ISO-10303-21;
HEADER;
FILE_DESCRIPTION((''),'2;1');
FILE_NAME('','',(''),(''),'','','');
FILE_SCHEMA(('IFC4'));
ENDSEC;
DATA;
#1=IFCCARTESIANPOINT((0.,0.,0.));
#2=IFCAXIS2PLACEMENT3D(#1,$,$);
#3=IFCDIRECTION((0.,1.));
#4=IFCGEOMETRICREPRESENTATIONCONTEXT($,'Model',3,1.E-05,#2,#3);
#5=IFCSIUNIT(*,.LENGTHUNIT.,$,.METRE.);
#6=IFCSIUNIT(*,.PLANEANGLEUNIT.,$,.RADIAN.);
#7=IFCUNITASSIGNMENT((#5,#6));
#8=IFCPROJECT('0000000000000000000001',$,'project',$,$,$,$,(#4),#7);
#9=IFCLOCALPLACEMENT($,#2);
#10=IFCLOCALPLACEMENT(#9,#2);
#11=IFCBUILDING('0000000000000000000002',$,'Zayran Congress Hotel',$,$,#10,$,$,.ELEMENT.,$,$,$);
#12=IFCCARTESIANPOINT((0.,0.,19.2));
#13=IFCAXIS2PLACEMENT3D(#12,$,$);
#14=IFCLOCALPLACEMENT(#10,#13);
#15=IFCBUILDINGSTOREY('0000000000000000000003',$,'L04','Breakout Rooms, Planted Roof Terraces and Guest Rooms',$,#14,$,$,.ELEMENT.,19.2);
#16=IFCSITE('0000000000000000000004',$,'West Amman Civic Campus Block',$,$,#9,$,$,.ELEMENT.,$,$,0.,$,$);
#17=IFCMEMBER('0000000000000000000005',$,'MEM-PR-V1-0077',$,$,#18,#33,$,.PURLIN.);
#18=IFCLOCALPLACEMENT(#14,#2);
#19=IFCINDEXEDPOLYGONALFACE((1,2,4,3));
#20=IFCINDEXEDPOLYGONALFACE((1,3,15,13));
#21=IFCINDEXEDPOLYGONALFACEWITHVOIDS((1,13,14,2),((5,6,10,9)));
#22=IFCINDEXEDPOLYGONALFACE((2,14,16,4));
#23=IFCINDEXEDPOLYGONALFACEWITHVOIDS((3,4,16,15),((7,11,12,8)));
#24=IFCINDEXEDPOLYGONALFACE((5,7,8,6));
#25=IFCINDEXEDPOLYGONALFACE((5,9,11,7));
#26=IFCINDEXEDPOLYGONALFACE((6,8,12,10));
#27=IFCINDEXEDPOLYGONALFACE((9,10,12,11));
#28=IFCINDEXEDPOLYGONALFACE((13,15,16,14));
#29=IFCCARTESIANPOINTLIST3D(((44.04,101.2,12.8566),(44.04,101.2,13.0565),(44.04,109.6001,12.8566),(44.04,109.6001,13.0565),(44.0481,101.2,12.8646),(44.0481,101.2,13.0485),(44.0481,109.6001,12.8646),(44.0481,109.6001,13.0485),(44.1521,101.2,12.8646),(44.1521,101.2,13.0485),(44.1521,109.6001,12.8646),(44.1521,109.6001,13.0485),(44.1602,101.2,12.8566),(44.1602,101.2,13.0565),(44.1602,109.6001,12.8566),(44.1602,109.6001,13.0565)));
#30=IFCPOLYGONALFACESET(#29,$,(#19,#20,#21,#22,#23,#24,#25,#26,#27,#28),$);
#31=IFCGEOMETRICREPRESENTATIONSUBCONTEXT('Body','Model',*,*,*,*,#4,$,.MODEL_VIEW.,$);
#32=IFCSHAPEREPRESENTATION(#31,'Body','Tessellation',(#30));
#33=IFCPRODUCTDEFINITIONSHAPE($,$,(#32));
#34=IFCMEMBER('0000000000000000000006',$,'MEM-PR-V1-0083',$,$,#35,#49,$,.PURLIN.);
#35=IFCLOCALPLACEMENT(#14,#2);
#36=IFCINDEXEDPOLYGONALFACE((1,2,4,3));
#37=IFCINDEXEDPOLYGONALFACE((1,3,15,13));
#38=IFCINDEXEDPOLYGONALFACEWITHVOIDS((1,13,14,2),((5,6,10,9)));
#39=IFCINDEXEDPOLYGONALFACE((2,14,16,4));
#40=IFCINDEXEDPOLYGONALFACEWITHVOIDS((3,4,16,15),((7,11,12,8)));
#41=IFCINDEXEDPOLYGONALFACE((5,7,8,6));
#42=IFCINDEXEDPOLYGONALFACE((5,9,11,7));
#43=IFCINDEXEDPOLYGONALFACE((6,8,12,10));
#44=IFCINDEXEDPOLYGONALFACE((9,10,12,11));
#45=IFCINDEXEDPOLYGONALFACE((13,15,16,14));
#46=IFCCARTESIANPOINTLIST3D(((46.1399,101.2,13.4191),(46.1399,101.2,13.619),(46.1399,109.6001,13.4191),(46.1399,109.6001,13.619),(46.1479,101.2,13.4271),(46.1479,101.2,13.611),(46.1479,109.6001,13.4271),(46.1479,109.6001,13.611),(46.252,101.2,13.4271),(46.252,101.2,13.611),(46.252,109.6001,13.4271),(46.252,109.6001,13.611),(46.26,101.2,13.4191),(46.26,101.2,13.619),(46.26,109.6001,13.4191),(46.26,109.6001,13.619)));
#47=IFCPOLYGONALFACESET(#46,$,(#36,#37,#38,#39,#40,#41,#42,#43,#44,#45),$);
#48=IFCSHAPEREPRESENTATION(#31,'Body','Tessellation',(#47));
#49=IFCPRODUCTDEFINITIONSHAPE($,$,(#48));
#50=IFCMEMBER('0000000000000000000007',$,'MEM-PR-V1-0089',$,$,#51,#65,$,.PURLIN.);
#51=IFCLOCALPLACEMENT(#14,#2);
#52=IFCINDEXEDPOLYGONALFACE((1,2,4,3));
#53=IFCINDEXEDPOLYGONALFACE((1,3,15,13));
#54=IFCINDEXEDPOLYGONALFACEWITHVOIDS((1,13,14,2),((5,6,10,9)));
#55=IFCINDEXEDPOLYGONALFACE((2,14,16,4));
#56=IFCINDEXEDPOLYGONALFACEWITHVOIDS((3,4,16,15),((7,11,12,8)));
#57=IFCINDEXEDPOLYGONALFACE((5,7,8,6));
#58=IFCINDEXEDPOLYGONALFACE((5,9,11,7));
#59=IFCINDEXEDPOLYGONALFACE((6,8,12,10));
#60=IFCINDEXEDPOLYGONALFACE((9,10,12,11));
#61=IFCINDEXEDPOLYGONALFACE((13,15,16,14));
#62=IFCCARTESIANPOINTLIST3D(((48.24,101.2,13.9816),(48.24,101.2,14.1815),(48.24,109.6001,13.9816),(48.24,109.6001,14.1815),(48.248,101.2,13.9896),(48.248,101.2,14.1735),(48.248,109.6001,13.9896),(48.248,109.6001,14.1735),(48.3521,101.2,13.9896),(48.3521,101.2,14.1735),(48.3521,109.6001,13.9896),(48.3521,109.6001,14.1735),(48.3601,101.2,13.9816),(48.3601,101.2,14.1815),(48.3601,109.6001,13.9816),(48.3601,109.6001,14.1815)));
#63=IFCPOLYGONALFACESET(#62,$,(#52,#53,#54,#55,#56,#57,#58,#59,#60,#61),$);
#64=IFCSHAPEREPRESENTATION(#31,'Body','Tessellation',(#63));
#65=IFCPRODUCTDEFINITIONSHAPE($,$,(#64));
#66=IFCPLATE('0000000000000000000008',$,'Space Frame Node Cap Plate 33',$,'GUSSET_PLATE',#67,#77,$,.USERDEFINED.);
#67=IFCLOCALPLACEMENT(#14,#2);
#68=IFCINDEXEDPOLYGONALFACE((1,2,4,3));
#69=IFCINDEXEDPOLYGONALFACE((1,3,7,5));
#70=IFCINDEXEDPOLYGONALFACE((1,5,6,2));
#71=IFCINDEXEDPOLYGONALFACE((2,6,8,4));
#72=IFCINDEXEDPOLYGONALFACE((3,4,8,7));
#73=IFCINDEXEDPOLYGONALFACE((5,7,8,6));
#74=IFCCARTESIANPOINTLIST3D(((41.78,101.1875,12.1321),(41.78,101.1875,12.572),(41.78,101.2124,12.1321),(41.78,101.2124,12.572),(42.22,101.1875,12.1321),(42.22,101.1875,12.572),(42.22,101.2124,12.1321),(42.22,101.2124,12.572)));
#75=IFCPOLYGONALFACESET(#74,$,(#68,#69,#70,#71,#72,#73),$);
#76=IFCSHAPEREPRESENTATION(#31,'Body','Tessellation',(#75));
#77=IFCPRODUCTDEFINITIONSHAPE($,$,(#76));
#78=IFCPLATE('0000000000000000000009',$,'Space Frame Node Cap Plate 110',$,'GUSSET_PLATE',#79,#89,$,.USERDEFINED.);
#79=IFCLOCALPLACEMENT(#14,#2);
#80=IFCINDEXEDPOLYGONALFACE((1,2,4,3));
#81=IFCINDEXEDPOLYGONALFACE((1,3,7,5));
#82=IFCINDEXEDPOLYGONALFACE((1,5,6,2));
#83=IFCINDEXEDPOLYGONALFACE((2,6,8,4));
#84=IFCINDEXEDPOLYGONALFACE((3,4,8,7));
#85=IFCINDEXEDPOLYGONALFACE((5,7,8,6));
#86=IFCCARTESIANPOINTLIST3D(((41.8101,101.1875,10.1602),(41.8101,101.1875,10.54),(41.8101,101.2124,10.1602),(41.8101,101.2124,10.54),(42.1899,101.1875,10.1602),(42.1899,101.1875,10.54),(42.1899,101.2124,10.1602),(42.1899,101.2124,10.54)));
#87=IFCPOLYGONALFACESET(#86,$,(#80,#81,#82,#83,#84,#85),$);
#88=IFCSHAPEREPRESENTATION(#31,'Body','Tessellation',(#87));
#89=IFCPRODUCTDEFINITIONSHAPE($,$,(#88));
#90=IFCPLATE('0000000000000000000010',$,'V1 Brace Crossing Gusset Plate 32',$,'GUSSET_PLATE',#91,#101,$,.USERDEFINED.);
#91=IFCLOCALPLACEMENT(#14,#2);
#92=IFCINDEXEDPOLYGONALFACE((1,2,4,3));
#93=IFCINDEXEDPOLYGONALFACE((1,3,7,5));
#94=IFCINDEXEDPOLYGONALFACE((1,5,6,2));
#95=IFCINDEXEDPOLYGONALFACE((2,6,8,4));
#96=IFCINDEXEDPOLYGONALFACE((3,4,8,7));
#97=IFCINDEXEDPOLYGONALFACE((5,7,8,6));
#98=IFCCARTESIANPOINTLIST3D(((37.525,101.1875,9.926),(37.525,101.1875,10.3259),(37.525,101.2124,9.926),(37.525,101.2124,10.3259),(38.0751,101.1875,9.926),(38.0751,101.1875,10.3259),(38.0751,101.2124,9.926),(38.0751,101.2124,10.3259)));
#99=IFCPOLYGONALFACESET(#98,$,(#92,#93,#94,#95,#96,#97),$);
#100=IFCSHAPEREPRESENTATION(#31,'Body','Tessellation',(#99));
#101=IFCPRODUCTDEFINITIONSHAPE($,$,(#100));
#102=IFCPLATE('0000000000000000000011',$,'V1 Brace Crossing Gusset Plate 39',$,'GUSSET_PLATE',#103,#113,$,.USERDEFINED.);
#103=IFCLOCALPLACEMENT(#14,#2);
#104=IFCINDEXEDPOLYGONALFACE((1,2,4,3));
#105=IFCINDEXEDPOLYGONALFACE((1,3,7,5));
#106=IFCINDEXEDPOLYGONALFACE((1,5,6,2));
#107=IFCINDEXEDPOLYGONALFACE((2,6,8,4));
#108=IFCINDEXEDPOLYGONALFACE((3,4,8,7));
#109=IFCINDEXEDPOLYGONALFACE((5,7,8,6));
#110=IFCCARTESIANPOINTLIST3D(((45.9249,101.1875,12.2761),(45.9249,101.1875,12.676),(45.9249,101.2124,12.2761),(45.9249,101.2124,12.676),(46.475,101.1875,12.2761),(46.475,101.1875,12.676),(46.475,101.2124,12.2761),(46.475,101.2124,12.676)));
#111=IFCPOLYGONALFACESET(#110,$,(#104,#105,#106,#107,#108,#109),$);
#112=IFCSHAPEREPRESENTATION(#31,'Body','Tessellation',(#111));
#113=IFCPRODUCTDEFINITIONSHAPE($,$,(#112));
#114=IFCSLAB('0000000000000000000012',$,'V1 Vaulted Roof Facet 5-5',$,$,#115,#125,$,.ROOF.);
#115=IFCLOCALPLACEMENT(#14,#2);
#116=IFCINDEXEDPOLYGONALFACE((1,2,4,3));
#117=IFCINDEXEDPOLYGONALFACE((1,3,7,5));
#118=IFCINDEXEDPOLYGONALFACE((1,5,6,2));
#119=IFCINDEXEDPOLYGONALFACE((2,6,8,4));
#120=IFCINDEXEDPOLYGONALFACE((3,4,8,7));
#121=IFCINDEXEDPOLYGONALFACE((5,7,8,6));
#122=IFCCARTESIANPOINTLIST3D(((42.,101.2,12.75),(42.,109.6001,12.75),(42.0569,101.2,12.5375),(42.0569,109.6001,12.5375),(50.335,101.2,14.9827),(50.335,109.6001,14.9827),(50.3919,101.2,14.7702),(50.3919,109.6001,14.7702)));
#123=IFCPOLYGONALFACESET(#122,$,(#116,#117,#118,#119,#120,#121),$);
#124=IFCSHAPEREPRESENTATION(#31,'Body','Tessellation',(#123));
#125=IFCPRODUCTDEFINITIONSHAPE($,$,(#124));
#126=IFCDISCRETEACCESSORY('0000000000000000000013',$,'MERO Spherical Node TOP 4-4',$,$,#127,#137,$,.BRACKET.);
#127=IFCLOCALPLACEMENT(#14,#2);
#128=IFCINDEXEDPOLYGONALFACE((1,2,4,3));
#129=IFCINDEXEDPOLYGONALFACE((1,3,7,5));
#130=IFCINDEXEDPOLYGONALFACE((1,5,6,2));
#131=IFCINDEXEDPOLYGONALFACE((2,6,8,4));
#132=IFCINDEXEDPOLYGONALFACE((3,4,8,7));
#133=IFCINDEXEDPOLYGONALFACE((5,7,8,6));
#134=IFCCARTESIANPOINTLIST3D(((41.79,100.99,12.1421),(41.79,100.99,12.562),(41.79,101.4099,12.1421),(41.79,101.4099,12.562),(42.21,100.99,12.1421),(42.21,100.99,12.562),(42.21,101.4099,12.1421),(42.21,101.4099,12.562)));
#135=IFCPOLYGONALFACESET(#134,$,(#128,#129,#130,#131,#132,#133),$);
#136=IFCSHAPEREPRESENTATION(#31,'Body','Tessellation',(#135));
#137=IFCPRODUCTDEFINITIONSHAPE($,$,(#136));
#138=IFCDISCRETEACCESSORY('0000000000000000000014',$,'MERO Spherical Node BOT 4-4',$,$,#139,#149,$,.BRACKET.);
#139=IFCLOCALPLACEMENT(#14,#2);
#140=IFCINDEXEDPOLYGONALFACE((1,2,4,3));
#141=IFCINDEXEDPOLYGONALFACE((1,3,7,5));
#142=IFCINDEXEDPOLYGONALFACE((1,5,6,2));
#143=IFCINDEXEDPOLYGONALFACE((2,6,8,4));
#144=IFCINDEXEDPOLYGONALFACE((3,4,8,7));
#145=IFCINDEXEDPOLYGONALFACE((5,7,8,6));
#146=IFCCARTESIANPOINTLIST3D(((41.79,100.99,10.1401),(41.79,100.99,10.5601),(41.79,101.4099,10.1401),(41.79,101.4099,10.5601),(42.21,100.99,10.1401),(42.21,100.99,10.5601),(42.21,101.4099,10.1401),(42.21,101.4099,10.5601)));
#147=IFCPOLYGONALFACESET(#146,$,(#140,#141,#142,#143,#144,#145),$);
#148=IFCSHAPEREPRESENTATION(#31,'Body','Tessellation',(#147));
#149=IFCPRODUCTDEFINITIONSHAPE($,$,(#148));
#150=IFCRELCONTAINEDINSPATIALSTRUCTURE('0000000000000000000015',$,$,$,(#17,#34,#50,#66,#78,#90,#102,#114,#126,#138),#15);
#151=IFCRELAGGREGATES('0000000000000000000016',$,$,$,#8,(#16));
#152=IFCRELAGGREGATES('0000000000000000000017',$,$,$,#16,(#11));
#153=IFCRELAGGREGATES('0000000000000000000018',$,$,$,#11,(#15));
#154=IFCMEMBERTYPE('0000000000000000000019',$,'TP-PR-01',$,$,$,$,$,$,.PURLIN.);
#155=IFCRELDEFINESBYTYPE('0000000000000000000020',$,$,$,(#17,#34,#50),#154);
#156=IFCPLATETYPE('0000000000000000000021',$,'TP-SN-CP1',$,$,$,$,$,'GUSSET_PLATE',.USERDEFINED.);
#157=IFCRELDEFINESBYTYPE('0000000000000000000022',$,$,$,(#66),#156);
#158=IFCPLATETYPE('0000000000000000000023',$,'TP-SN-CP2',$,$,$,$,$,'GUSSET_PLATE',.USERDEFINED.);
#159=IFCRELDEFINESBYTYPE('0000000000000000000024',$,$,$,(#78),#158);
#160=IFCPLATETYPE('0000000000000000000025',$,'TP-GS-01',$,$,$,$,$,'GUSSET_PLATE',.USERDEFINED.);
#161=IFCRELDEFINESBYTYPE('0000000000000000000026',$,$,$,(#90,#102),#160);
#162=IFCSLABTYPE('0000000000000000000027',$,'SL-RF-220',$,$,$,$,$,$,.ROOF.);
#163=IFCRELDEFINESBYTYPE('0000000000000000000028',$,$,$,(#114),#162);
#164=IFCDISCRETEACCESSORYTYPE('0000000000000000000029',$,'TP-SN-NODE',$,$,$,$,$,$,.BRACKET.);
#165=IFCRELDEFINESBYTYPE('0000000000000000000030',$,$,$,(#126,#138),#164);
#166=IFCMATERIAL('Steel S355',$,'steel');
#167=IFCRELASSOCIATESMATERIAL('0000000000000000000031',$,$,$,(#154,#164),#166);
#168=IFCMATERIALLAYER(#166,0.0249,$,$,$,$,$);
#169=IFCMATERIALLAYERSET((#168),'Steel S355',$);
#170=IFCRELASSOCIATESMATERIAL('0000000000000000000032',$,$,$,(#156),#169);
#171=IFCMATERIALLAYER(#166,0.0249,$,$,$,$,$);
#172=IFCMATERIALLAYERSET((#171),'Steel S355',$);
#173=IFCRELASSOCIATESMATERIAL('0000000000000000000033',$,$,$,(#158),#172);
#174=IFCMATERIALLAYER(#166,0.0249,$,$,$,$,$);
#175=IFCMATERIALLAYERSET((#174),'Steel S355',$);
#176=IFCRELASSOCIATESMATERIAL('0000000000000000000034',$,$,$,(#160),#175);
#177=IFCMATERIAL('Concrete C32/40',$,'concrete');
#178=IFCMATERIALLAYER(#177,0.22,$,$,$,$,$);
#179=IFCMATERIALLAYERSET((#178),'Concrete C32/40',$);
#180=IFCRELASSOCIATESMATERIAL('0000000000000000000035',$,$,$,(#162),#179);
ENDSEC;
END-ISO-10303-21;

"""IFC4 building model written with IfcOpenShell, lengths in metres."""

from ifc_helpers import new_model, si_unit, direction, frame, origin, origin_2d, place, context, subcontext, project, spatial, polyline, rectangle, hollow_rectangle, outline, extrude, material, layer, layer_set, material_profile, profile_set, type_object, element, save


model = new_model("IFC4")

# Units and contexts
model_context = context("Model", 3, precision=1e-05, world=origin(), true_north=direction((0.0, 1.0)))
body_context = subcontext(model_context, "Body", "Model", "MODEL_VIEW")
ifc_project = project(units=[si_unit("LENGTHUNIT", "METRE"), si_unit("PLANEANGLEUNIT", "RADIAN")], contexts=[model_context])

# Site, building, storey
site_placement = place(None, origin())
site = spatial("IfcSite", under=ifc_project, at=site_placement, Name="West Amman Civic Campus Block", CompositionType="ELEMENT", RefElevation=0.0)
building_placement = place(site_placement, origin())
building = spatial("IfcBuilding", under=site, at=building_placement, Name="Zayran Congress Hotel", CompositionType="ELEMENT")
storey_placement = place(building_placement, frame((0.0, 0.0, 19.2)))
storey = spatial("IfcBuildingStorey", under=building, at=storey_placement, Name="L04", Description="Breakout Rooms, Planted Roof Terraces and Guest Rooms", CompositionType="ELEMENT", Elevation=19.2)

# Members
ifc_material_1 = material(Name="Steel S355", Category="steel")
ifc_material_profile_1 = material_profile(ifc_material_1, hollow_rectangle(XDim=0.1201, YDim=0.2, WallThickness=0.0081, at=origin_2d()), Name="RHS 200x120x8")
ifc_profile_set_1 = profile_set([ifc_material_profile_1], Name="Steel S355")
member_type_1 = type_object("IfcMemberType", Name="TP-PR-01", PredefinedType="PURLIN", material=ifc_profile_set_1)
for number, where, z_axis, x_axis, name in (
    (1, (44.1001, 101.2, 12.9565), (0.0, 1.0, 0.0), (-1.0, 0.0, 0.0), "MEM-PR-V1-0077"),
    (2, (46.2, 101.2, 13.519), (0.0, 1.0, 0.0), (-1.0, 0.0, 0.0), "MEM-PR-V1-0083"),
    (3, (48.3, 101.2, 14.0815), (0.0, 1.0, 0.0), (-1.0, 0.0, 0.0), "MEM-PR-V1-0089"),
):
    element("IfcMember", number, at=place(storey_placement, frame(where, z_axis=z_axis, x_axis=x_axis)), inside=storey, type_object=member_type_1, Name=name, PredefinedType="PURLIN", context=body_context, shape_type="SweptSolid", body=[
        extrude(hollow_rectangle(XDim=0.1201, YDim=0.2, WallThickness=0.0081, at=origin_2d()), origin(), (0.0, 0.0, 1.0), 8.4001),
    ])

# Plates
ifc_layer_1 = layer(ifc_material_1, 0.0249)
ifc_layer_set_1 = layer_set([ifc_layer_1], Name="Steel S355")
plate_type_1 = type_object("IfcPlateType", Name="TP-SN-CP1", ElementType="GUSSET_PLATE", PredefinedType="USERDEFINED", material=ifc_layer_set_1)
plate_1_placement = place(storey_placement, frame((42.0, 101.2, 12.1321), z_axis=(0.0, 0.0, 1.0), x_axis=(1.0, 0.0, 0.0)))
element("IfcPlate", 4, at=plate_1_placement, inside=storey, type_object=plate_type_1, Name="Space Frame Node Cap Plate 33", ObjectType="GUSSET_PLATE", PredefinedType="USERDEFINED", context=body_context, shape_type="SweptSolid", body=[
    extrude(rectangle(XDim=0.4399, YDim=0.0249, at=origin_2d()), origin(), (0.0, 0.0, 1.0), 0.4399),
])
ifc_layer_2 = layer(ifc_material_1, 0.0249)
ifc_layer_set_2 = layer_set([ifc_layer_2], Name="Steel S355")
plate_type_2 = type_object("IfcPlateType", Name="TP-SN-CP2", ElementType="GUSSET_PLATE", PredefinedType="USERDEFINED", material=ifc_layer_set_2)
plate_2_placement = place(storey_placement, frame((42.0, 101.2, 10.1602), z_axis=(0.0, 0.0, 1.0), x_axis=(1.0, 0.0, 0.0)))
element("IfcPlate", 5, at=plate_2_placement, inside=storey, type_object=plate_type_2, Name="Space Frame Node Cap Plate 110", ObjectType="GUSSET_PLATE", PredefinedType="USERDEFINED", context=body_context, shape_type="SweptSolid", body=[
    extrude(rectangle(XDim=0.3799, YDim=0.0249, at=origin_2d()), origin(), (0.0, 0.0, 1.0), 0.3799),
])
ifc_layer_3 = layer(ifc_material_1, 0.0249)
ifc_layer_set_3 = layer_set([ifc_layer_3], Name="Steel S355")
plate_type_3 = type_object("IfcPlateType", Name="TP-GS-01", ElementType="GUSSET_PLATE", PredefinedType="USERDEFINED", material=ifc_layer_set_3)
for number, where, z_axis, x_axis, name in (
    (6, (37.8, 101.2, 9.926), (0.0, 0.0, 1.0), (1.0, 0.0, 0.0), "V1 Brace Crossing Gusset Plate 32"),
    (7, (46.2, 101.2, 12.2761), (0.0, 0.0, 1.0), (1.0, 0.0, 0.0), "V1 Brace Crossing Gusset Plate 39"),
):
    element("IfcPlate", number, at=place(storey_placement, frame(where, z_axis=z_axis, x_axis=x_axis)), inside=storey, type_object=plate_type_3, Name=name, ObjectType="GUSSET_PLATE", PredefinedType="USERDEFINED", context=body_context, shape_type="SweptSolid", body=[
        extrude(rectangle(XDim=0.55, YDim=0.0249, at=origin_2d()), origin(), (0.0, 0.0, 1.0), 0.3999),
    ])

# Slab
ifc_material_2 = material(Name="Concrete C32/40", Category="concrete")
ifc_layer_4 = layer(ifc_material_2, 0.22)
ifc_layer_set_4 = layer_set([ifc_layer_4], Name="Concrete C32/40")
slab_type = type_object("IfcSlabType", Name="SL-RF-220", PredefinedType="ROOF", material=ifc_layer_set_4)
slab_placement = place(storey_placement, frame((42.0, 101.2, 12.75), z_axis=(-0.258746, 0.0, 0.965946), x_axis=(0.965946, 0.0, 0.258746)))
element("IfcSlab", 8, at=slab_placement, inside=storey, type_object=slab_type, Name="V1 Vaulted Roof Facet 5-5", PredefinedType="ROOF", context=body_context, shape_type="SweptSolid", body=[
    extrude(outline(polyline([(0.0, 0.0), (8.6288, 0.0), (8.6288, 8.4001), (0.0, 8.4001), (0.0, 0.0)])), origin(), (0.0, 0.0, -1.0), 0.22),
])

# Discrete accessories
discrete_accessory_type = type_object("IfcDiscreteAccessoryType", Name="TP-SN-NODE", PredefinedType="BRACKET", material=ifc_material_1)
for number, where, z_axis, x_axis, name in (
    (9, (42.0, 101.2, 12.1421), (0.0, 0.0, 1.0), (1.0, 0.0, 0.0), "MERO Spherical Node TOP 4-4"),
    (10, (42.0, 101.2, 10.1401), (0.0, 0.0, 1.0), (1.0, 0.0, 0.0), "MERO Spherical Node BOT 4-4"),
):
    element("IfcDiscreteAccessory", number, at=place(storey_placement, frame(where, z_axis=z_axis, x_axis=x_axis)), inside=storey, type_object=discrete_accessory_type, Name=name, PredefinedType="BRACKET", context=body_context, shape_type="SweptSolid", body=[
        extrude(rectangle(XDim=0.4199, YDim=0.4199, at=origin_2d()), origin(), (0.0, 0.0, 1.0), 0.4199),
    ])

save(model, "model.ifc")
